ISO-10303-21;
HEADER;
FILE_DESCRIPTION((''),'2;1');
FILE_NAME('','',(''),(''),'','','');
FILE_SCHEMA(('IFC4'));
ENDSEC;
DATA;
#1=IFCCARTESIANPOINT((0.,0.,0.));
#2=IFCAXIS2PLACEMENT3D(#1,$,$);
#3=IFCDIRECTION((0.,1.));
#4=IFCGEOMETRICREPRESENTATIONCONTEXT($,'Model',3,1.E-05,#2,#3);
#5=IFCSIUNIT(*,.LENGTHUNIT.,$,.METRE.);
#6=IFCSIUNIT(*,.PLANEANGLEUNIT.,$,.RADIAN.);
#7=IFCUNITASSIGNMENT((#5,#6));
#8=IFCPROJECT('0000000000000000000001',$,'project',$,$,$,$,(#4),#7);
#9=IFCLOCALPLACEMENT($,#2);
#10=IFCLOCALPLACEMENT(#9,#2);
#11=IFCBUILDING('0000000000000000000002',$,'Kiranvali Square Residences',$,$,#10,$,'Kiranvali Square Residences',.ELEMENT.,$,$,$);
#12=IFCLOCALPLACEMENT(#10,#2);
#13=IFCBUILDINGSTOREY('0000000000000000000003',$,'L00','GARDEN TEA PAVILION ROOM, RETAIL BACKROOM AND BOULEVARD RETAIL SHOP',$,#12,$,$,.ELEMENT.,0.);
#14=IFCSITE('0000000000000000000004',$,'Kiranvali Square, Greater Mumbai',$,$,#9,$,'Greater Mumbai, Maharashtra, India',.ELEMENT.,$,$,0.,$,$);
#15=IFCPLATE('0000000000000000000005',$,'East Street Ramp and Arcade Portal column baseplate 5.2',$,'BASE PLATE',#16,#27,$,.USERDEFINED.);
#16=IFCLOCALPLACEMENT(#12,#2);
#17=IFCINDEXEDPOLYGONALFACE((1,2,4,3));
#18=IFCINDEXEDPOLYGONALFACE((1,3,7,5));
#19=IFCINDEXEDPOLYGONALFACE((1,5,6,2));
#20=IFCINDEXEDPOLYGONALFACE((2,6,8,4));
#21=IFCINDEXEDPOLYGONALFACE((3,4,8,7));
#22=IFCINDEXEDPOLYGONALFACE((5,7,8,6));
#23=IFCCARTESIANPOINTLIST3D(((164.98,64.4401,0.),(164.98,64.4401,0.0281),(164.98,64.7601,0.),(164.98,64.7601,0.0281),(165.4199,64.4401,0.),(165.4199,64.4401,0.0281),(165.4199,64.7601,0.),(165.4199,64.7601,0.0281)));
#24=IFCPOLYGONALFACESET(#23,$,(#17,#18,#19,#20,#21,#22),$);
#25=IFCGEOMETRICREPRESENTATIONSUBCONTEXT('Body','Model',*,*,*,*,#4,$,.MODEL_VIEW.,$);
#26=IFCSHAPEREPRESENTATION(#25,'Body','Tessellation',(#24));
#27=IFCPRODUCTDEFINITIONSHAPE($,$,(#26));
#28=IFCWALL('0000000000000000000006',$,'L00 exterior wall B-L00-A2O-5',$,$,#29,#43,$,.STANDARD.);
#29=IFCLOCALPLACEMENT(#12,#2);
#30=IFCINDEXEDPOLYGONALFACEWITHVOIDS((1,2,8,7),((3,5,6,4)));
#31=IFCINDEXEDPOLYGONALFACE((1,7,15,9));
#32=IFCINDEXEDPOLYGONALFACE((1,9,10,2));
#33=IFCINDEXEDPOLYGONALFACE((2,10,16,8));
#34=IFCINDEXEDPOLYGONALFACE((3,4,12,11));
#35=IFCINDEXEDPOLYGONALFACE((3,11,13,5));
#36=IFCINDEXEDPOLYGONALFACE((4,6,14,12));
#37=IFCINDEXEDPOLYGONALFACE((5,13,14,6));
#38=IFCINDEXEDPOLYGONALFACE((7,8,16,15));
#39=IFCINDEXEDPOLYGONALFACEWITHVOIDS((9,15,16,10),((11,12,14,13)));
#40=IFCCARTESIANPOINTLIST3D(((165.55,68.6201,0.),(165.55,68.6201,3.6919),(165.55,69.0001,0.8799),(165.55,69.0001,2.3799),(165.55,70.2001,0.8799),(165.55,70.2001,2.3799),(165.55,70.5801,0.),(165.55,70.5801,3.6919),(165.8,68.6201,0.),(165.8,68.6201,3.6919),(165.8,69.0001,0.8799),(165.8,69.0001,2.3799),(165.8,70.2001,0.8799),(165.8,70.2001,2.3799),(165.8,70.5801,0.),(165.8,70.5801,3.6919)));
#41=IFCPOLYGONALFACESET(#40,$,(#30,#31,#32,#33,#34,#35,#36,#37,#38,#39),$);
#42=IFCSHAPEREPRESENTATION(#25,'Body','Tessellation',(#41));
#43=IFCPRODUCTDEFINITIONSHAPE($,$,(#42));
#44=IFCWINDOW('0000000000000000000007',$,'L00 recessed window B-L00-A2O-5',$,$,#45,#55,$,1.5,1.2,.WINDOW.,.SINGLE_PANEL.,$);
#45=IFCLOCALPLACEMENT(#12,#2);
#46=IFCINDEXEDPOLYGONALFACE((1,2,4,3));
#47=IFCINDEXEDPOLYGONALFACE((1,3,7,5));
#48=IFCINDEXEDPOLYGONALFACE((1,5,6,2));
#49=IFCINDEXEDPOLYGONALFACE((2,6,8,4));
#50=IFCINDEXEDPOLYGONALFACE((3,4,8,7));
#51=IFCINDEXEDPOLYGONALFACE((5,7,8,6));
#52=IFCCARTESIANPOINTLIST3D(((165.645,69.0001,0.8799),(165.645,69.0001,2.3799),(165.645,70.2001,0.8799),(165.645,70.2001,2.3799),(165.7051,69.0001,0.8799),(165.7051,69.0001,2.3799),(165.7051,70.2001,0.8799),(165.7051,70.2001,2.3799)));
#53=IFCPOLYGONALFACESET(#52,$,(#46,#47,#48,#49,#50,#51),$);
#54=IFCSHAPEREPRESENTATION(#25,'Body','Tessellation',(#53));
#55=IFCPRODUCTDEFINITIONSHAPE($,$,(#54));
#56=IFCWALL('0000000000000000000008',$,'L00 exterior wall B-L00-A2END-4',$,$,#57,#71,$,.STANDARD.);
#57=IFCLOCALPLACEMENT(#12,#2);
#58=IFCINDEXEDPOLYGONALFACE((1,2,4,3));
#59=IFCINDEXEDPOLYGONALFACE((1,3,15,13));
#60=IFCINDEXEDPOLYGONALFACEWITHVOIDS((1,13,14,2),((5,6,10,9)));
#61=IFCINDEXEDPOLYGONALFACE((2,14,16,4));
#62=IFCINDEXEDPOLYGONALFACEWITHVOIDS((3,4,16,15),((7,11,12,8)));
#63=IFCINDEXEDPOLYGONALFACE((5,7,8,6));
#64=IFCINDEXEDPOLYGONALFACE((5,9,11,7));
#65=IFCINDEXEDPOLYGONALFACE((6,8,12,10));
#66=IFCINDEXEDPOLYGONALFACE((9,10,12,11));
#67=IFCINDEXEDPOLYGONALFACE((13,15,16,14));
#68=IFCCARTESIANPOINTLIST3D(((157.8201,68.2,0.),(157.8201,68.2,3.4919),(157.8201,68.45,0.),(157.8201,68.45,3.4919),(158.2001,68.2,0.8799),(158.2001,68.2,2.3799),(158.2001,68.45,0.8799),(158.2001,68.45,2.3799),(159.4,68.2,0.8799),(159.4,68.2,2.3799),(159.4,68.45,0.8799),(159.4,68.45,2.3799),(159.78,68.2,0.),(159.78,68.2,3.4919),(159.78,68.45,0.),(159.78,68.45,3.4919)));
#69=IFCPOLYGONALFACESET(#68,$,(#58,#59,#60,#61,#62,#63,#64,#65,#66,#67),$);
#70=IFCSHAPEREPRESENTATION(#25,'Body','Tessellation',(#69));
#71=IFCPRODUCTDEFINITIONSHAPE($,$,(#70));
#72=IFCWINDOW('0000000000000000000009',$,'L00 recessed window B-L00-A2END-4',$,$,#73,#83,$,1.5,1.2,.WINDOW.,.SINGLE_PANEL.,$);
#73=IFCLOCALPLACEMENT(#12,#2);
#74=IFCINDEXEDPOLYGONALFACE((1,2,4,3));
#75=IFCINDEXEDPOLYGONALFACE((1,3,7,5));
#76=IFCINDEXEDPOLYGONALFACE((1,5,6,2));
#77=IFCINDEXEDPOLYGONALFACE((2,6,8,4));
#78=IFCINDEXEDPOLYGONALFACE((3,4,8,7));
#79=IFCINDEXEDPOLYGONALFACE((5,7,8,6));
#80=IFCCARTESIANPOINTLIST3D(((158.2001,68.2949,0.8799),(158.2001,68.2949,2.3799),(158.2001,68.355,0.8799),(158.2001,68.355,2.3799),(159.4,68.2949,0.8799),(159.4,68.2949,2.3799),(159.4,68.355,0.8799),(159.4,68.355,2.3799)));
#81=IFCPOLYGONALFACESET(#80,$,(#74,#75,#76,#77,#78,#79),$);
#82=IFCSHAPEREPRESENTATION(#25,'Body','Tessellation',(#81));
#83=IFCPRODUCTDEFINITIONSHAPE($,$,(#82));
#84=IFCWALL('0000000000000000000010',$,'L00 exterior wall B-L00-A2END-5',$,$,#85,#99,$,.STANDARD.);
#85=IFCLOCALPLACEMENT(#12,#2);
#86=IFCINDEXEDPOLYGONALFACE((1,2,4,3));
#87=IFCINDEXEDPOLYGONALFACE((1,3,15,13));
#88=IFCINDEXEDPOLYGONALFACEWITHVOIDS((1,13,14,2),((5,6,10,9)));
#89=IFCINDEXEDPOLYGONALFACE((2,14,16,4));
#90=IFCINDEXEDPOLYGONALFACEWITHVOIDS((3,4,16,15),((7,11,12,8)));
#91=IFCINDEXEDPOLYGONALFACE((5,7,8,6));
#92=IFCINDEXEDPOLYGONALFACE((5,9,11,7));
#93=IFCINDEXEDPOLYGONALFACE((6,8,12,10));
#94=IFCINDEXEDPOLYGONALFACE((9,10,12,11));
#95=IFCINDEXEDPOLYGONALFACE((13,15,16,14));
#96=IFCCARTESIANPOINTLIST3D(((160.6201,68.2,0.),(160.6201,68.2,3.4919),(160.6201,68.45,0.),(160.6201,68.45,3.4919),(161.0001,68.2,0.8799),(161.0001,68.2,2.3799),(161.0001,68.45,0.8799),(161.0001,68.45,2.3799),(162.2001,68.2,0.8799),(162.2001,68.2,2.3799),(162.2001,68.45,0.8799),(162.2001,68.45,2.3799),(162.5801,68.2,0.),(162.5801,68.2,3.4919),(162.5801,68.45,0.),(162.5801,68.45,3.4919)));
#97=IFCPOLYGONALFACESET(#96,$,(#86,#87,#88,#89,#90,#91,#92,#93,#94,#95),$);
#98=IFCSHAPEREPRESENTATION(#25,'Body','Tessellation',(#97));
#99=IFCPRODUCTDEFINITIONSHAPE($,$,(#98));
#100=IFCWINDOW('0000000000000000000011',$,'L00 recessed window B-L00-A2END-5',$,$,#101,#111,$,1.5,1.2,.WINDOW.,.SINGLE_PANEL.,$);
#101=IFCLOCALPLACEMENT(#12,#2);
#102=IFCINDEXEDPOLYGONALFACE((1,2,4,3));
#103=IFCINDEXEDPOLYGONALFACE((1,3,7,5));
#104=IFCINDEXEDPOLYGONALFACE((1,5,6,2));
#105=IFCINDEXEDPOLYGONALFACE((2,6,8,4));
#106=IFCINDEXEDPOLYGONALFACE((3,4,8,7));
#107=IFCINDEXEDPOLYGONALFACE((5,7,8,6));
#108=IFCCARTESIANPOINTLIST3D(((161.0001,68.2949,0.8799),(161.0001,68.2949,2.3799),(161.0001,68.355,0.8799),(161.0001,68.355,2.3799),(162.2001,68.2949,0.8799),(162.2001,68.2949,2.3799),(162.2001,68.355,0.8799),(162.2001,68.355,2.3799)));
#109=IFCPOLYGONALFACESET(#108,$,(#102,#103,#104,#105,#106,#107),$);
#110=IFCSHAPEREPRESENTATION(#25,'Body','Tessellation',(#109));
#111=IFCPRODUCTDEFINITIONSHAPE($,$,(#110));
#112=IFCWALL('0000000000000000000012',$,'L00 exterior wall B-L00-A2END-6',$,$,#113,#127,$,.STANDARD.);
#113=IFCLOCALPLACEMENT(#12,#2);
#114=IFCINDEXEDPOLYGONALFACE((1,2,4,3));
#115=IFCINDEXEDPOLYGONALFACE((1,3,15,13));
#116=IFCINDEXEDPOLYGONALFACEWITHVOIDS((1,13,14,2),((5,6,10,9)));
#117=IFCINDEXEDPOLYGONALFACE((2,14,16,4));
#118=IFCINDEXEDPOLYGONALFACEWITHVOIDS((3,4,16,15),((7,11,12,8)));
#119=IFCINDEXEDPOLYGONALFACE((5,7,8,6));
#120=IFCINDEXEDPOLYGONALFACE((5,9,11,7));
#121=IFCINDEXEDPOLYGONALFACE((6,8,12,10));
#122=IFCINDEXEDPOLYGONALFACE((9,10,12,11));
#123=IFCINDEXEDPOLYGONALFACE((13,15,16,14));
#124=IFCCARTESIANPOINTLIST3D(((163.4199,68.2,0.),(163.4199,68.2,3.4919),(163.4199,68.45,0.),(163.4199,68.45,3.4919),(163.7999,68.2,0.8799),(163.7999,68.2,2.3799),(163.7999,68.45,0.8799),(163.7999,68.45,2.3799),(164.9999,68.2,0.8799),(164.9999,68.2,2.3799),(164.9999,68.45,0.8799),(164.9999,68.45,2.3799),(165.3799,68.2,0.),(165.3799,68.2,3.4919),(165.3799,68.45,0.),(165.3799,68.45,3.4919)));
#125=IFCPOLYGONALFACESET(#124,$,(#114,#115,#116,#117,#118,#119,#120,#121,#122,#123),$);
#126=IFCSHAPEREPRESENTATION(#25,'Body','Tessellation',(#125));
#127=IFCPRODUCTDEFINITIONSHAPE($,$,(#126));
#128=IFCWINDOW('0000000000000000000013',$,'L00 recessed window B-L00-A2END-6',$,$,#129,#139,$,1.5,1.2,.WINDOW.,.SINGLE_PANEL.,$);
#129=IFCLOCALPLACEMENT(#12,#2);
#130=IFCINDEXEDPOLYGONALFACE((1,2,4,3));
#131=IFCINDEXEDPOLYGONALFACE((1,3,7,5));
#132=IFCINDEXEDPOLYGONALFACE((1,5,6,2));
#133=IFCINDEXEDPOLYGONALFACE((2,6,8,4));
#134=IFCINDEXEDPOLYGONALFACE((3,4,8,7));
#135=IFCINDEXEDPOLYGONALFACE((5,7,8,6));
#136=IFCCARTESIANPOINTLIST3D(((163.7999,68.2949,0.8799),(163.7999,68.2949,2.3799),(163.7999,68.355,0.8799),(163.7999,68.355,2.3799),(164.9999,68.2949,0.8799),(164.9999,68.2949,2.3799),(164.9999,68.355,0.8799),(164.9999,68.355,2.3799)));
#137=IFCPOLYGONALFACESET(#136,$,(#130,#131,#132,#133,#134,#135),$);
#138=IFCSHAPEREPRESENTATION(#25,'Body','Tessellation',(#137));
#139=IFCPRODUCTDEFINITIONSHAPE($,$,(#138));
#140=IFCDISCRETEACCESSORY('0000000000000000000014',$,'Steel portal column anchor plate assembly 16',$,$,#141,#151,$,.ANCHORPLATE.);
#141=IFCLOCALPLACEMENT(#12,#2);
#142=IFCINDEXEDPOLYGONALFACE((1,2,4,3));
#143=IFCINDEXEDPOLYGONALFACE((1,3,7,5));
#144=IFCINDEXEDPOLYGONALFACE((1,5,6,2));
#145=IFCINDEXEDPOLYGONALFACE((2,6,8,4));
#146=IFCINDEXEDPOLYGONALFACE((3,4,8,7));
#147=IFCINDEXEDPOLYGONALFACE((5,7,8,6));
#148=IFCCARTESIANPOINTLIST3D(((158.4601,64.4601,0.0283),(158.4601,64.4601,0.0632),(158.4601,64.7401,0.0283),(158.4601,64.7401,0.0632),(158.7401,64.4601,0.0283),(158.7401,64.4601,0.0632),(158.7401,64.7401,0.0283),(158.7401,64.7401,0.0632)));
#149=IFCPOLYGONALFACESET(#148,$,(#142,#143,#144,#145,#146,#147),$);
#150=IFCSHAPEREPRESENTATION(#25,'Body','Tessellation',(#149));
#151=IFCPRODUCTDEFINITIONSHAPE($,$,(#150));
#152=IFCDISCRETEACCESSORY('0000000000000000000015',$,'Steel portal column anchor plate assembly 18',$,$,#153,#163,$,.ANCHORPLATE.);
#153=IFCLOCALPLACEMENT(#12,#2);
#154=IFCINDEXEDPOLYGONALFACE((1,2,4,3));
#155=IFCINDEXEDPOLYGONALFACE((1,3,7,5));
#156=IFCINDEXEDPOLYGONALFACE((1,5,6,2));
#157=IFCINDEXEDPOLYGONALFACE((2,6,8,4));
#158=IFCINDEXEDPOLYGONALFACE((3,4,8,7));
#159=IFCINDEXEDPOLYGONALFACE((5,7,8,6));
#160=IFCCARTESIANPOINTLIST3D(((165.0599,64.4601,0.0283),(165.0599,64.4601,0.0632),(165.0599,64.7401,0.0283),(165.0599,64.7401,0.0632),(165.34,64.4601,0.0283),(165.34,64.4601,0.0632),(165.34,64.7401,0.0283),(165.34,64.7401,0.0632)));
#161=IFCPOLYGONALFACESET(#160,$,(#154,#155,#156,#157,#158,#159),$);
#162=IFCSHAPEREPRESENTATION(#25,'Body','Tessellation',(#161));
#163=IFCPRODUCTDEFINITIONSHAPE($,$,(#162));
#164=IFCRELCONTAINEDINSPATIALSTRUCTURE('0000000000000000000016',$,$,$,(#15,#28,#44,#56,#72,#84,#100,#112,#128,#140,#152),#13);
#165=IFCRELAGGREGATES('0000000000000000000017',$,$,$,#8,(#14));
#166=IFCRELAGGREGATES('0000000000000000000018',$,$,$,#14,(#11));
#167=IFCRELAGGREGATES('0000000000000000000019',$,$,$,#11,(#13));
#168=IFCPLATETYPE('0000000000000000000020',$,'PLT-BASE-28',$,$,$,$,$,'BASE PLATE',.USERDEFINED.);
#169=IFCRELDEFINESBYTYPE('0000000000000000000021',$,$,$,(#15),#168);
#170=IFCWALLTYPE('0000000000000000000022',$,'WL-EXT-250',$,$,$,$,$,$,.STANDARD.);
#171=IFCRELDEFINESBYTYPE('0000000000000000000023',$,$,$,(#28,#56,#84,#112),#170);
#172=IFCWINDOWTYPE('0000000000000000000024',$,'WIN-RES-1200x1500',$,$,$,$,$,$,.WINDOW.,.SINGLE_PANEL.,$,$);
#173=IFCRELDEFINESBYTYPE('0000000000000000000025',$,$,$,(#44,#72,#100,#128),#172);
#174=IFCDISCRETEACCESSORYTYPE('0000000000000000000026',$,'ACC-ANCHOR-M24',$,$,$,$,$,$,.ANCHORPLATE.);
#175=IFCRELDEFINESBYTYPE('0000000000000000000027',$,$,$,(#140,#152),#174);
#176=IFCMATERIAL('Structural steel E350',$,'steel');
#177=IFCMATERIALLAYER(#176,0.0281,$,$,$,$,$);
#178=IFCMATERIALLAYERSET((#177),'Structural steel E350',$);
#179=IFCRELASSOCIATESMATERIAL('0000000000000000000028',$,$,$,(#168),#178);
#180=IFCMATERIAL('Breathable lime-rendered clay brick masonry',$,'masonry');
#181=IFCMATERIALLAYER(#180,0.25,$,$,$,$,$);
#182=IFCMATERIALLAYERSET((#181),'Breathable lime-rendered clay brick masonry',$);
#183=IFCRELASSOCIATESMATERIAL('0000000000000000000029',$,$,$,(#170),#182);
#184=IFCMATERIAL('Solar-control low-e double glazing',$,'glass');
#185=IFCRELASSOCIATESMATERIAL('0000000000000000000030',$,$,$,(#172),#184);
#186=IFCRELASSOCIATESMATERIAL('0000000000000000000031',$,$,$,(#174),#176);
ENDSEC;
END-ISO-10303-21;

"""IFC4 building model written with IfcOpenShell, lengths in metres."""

from ifc_helpers import new_model, si_unit, direction, frame, frame_2d, origin, origin_2d, place, context, subcontext, project, spatial, rectangle, extrude, material, layer, layer_set, type_object, element, fill, save


model = new_model("IFC4")

# Units and contexts
model_context = context("Model", 3, precision=1e-05, world=origin(), true_north=direction((0.0, 1.0)))
body_context = subcontext(model_context, "Body", "Model", "MODEL_VIEW")
ifc_project = project(units=[si_unit("LENGTHUNIT", "METRE"), si_unit("PLANEANGLEUNIT", "RADIAN")], contexts=[model_context])

# Site, building, storey
site_placement = place(None, origin())
site = spatial("IfcSite", under=ifc_project, at=site_placement, Name="Kiranvali Square, Greater Mumbai", LongName="Greater Mumbai, Maharashtra, India", CompositionType="ELEMENT", RefElevation=0.0)
building_placement = place(site_placement, origin())
building = spatial("IfcBuilding", under=site, at=building_placement, Name="Kiranvali Square Residences", LongName="Kiranvali Square Residences", CompositionType="ELEMENT")
storey_placement = place(building_placement, origin())
storey = spatial("IfcBuildingStorey", under=building, at=storey_placement, Name="L00", Description="GARDEN TEA PAVILION ROOM, RETAIL BACKROOM AND BOULEVARD RETAIL SHOP", CompositionType="ELEMENT", Elevation=0.0)

# Shared definitions
ifc_material_1 = material(Name="Structural steel E350", Category="steel")

# Plate
ifc_layer_1 = layer(ifc_material_1, 0.0281)
ifc_layer_set_1 = layer_set([ifc_layer_1], Name="Structural steel E350")
plate_type = type_object("IfcPlateType", Name="PLT-BASE-28", ElementType="BASE PLATE", PredefinedType="USERDEFINED", material=ifc_layer_set_1)
for number, where, z_axis, x_axis, name in (
    (1, (165.2, 64.6001, 0.0), (0.0, 0.0, 1.0), (1.0, 0.0, 0.0), "East Street Ramp and Arcade Portal column baseplate 5.2"),
):
    element("IfcPlate", number, at=place(storey_placement, frame(where, z_axis=z_axis, x_axis=x_axis)), inside=storey, type_object=plate_type, Name=name, ObjectType="BASE PLATE", PredefinedType="USERDEFINED", context=body_context, shape_type="SweptSolid", body=[
        extrude(rectangle(XDim=0.4399, YDim=0.3201, at=origin_2d()), origin(), (0.0, 0.0, 1.0), 0.0281),
    ])

# Walls, openings, windows
ifc_material_2 = material(Name="Breathable lime-rendered clay brick masonry", Category="masonry")
ifc_layer_2 = layer(ifc_material_2, 0.25)
ifc_layer_set_2 = layer_set([ifc_layer_2], Name="Breathable lime-rendered clay brick masonry")
wall_type = type_object("IfcWallType", Name="WL-EXT-250", PredefinedType="STANDARD", material=ifc_layer_set_2)
wall_1_placement = place(storey_placement, frame((165.675, 70.5801, 0.0), z_axis=(0.0, 0.0, 1.0), x_axis=(0.0, -1.0, 0.0)))
wall_1 = element("IfcWall", 2, at=wall_1_placement, inside=storey, type_object=wall_type, Name="L00 exterior wall B-L00-A2O-5", PredefinedType="STANDARD", context=body_context, shape_type="SweptSolid", body=[
    extrude(rectangle(XDim=1.96, YDim=0.25, at=frame_2d((0.98, 0.0))), origin(), (0.0, 0.0, 1.0), 3.6919),
])
opening_1_placement = place(wall_1_placement, frame((0.3799, 0.0, 0.8799)))
opening_1 = element("IfcOpeningElement", 3, at=opening_1_placement, cuts=wall_1, PredefinedType="OPENING", context=body_context, shape_type="SweptSolid", body=[
    extrude(rectangle(XDim=1.2, YDim=1.5, at=frame_2d((0.6001, 0.75))), frame((0.0, 0.135, 0.0), z_axis=(0.0, -1.0, 0.0), x_axis=(1.0, 0.0, 0.0)), (0.0, 0.0, 1.0), 0.27),
])
ifc_material_3 = material(Name="Solar-control low-e double glazing", Category="glass")
window_type = type_object("IfcWindowType", Name="WIN-RES-1200x1500", PartitioningType="SINGLE_PANEL", PredefinedType="WINDOW", material=ifc_material_3)
window_1_placement = place(opening_1_placement, origin())
window_1 = element("IfcWindow", 4, at=window_1_placement, inside=storey, type_object=window_type, Name="L00 recessed window B-L00-A2O-5", OverallHeight=1.5, OverallWidth=1.2, PartitioningType="SINGLE_PANEL", PredefinedType="WINDOW", context=body_context, shape_type="SweptSolid", body=[
    extrude(rectangle(XDim=1.2, YDim=1.5, at=frame_2d((0.6001, 0.75))), frame((0.0, 0.03, 0.0), z_axis=(0.0, -1.0, 0.0), x_axis=(1.0, 0.0, 0.0)), (0.0, 0.0, 1.0), 0.0601),
])
fill(opening_1, window_1)
wall_2_placement = place(storey_placement, frame((157.8201, 68.325, 0.0), z_axis=(0.0, 0.0, 1.0), x_axis=(1.0, 0.0, 0.0)))
wall_2 = element("IfcWall", 5, at=wall_2_placement, inside=storey, type_object=wall_type, Name="L00 exterior wall B-L00-A2END-4", PredefinedType="STANDARD", context=body_context, shape_type="SweptSolid", body=[
    extrude(rectangle(XDim=1.96, YDim=0.25, at=frame_2d((0.98, 0.0))), origin(), (0.0, 0.0, 1.0), 3.4919),
])
opening_2_placement = place(wall_2_placement, frame((0.3799, 0.0, 0.8799)))
opening_2 = element("IfcOpeningElement", 6, at=opening_2_placement, cuts=wall_2, PredefinedType="OPENING", context=body_context, shape_type="SweptSolid", body=[
    extrude(rectangle(XDim=1.2, YDim=1.5, at=frame_2d((0.6001, 0.75))), frame((0.0, 0.135, 0.0), z_axis=(0.0, -1.0, 0.0), x_axis=(1.0, 0.0, 0.0)), (0.0, 0.0, 1.0), 0.27),
])
window_2_placement = place(opening_2_placement, origin())
window_2 = element("IfcWindow", 7, at=window_2_placement, inside=storey, type_object=window_type, Name="L00 recessed window B-L00-A2END-4", OverallHeight=1.5, OverallWidth=1.2, PartitioningType="SINGLE_PANEL", PredefinedType="WINDOW", context=body_context, shape_type="SweptSolid", body=[
    extrude(rectangle(XDim=1.2, YDim=1.5, at=frame_2d((0.6001, 0.75))), frame((0.0, 0.03, 0.0), z_axis=(0.0, -1.0, 0.0), x_axis=(1.0, 0.0, 0.0)), (0.0, 0.0, 1.0), 0.0601),
])
fill(opening_2, window_2)
wall_3_placement = place(storey_placement, frame((160.6201, 68.325, 0.0), z_axis=(0.0, 0.0, 1.0), x_axis=(1.0, 0.0, 0.0)))
wall_3 = element("IfcWall", 8, at=wall_3_placement, inside=storey, type_object=wall_type, Name="L00 exterior wall B-L00-A2END-5", PredefinedType="STANDARD", context=body_context, shape_type="SweptSolid", body=[
    extrude(rectangle(XDim=1.96, YDim=0.25, at=frame_2d((0.98, 0.0))), origin(), (0.0, 0.0, 1.0), 3.4919),
])
opening_3_placement = place(wall_3_placement, frame((0.3799, 0.0, 0.8799)))
opening_3 = element("IfcOpeningElement", 9, at=opening_3_placement, cuts=wall_3, PredefinedType="OPENING", context=body_context, shape_type="SweptSolid", body=[
    extrude(rectangle(XDim=1.2, YDim=1.5, at=frame_2d((0.6001, 0.75))), frame((0.0, 0.135, 0.0), z_axis=(0.0, -1.0, 0.0), x_axis=(1.0, 0.0, 0.0)), (0.0, 0.0, 1.0), 0.27),
])
window_3_placement = place(opening_3_placement, origin())
window_3 = element("IfcWindow", 10, at=window_3_placement, inside=storey, type_object=window_type, Name="L00 recessed window B-L00-A2END-5", OverallHeight=1.5, OverallWidth=1.2, PartitioningType="SINGLE_PANEL", PredefinedType="WINDOW", context=body_context, shape_type="SweptSolid", body=[
    extrude(rectangle(XDim=1.2, YDim=1.5, at=frame_2d((0.6001, 0.75))), frame((0.0, 0.03, 0.0), z_axis=(0.0, -1.0, 0.0), x_axis=(1.0, 0.0, 0.0)), (0.0, 0.0, 1.0), 0.0601),
])
fill(opening_3, window_3)
wall_4_placement = place(storey_placement, frame((163.4199, 68.325, 0.0), z_axis=(0.0, 0.0, 1.0), x_axis=(1.0, 0.0, 0.0)))
wall_4 = element("IfcWall", 11, at=wall_4_placement, inside=storey, type_object=wall_type, Name="L00 exterior wall B-L00-A2END-6", PredefinedType="STANDARD", context=body_context, shape_type="SweptSolid", body=[
    extrude(rectangle(XDim=1.96, YDim=0.25, at=frame_2d((0.98, 0.0))), origin(), (0.0, 0.0, 1.0), 3.4919),
])
opening_4_placement = place(wall_4_placement, frame((0.3799, 0.0, 0.8799)))
opening_4 = element("IfcOpeningElement", 12, at=opening_4_placement, cuts=wall_4, PredefinedType="OPENING", context=body_context, shape_type="SweptSolid", body=[
    extrude(rectangle(XDim=1.2, YDim=1.5, at=frame_2d((0.6001, 0.75))), frame((0.0, 0.135, 0.0), z_axis=(0.0, -1.0, 0.0), x_axis=(1.0, 0.0, 0.0)), (0.0, 0.0, 1.0), 0.27),
])
window_4_placement = place(opening_4_placement, origin())
window_4 = element("IfcWindow", 13, at=window_4_placement, inside=storey, type_object=window_type, Name="L00 recessed window B-L00-A2END-6", OverallHeight=1.5, OverallWidth=1.2, PartitioningType="SINGLE_PANEL", PredefinedType="WINDOW", context=body_context, shape_type="SweptSolid", body=[
    extrude(rectangle(XDim=1.2, YDim=1.5, at=frame_2d((0.6001, 0.75))), frame((0.0, 0.03, 0.0), z_axis=(0.0, -1.0, 0.0), x_axis=(1.0, 0.0, 0.0)), (0.0, 0.0, 1.0), 0.0601),
])
fill(opening_4, window_4)

# Discrete accessories
discrete_accessory_type = type_object("IfcDiscreteAccessoryType", Name="ACC-ANCHOR-M24", PredefinedType="ANCHORPLATE", material=ifc_material_1)
for number, where, z_axis, x_axis, name in (
    (14, (158.6001, 64.6001, 0.0283), (0.0, 0.0, 1.0), (1.0, 0.0, 0.0), "Steel portal column anchor plate assembly 16"),
    (15, (165.2, 64.6001, 0.0283), (0.0, 0.0, 1.0), (1.0, 0.0, 0.0), "Steel portal column anchor plate assembly 18"),
):
    element("IfcDiscreteAccessory", number, at=place(storey_placement, frame(where, z_axis=z_axis, x_axis=x_axis)), inside=storey, type_object=discrete_accessory_type, Name=name, PredefinedType="ANCHORPLATE", context=body_context, shape_type="SweptSolid", body=[
        extrude(rectangle(XDim=0.28, YDim=0.28, at=origin_2d()), origin(), (0.0, 0.0, 1.0), 0.0349),
    ])

save(model, "model.ifc")
